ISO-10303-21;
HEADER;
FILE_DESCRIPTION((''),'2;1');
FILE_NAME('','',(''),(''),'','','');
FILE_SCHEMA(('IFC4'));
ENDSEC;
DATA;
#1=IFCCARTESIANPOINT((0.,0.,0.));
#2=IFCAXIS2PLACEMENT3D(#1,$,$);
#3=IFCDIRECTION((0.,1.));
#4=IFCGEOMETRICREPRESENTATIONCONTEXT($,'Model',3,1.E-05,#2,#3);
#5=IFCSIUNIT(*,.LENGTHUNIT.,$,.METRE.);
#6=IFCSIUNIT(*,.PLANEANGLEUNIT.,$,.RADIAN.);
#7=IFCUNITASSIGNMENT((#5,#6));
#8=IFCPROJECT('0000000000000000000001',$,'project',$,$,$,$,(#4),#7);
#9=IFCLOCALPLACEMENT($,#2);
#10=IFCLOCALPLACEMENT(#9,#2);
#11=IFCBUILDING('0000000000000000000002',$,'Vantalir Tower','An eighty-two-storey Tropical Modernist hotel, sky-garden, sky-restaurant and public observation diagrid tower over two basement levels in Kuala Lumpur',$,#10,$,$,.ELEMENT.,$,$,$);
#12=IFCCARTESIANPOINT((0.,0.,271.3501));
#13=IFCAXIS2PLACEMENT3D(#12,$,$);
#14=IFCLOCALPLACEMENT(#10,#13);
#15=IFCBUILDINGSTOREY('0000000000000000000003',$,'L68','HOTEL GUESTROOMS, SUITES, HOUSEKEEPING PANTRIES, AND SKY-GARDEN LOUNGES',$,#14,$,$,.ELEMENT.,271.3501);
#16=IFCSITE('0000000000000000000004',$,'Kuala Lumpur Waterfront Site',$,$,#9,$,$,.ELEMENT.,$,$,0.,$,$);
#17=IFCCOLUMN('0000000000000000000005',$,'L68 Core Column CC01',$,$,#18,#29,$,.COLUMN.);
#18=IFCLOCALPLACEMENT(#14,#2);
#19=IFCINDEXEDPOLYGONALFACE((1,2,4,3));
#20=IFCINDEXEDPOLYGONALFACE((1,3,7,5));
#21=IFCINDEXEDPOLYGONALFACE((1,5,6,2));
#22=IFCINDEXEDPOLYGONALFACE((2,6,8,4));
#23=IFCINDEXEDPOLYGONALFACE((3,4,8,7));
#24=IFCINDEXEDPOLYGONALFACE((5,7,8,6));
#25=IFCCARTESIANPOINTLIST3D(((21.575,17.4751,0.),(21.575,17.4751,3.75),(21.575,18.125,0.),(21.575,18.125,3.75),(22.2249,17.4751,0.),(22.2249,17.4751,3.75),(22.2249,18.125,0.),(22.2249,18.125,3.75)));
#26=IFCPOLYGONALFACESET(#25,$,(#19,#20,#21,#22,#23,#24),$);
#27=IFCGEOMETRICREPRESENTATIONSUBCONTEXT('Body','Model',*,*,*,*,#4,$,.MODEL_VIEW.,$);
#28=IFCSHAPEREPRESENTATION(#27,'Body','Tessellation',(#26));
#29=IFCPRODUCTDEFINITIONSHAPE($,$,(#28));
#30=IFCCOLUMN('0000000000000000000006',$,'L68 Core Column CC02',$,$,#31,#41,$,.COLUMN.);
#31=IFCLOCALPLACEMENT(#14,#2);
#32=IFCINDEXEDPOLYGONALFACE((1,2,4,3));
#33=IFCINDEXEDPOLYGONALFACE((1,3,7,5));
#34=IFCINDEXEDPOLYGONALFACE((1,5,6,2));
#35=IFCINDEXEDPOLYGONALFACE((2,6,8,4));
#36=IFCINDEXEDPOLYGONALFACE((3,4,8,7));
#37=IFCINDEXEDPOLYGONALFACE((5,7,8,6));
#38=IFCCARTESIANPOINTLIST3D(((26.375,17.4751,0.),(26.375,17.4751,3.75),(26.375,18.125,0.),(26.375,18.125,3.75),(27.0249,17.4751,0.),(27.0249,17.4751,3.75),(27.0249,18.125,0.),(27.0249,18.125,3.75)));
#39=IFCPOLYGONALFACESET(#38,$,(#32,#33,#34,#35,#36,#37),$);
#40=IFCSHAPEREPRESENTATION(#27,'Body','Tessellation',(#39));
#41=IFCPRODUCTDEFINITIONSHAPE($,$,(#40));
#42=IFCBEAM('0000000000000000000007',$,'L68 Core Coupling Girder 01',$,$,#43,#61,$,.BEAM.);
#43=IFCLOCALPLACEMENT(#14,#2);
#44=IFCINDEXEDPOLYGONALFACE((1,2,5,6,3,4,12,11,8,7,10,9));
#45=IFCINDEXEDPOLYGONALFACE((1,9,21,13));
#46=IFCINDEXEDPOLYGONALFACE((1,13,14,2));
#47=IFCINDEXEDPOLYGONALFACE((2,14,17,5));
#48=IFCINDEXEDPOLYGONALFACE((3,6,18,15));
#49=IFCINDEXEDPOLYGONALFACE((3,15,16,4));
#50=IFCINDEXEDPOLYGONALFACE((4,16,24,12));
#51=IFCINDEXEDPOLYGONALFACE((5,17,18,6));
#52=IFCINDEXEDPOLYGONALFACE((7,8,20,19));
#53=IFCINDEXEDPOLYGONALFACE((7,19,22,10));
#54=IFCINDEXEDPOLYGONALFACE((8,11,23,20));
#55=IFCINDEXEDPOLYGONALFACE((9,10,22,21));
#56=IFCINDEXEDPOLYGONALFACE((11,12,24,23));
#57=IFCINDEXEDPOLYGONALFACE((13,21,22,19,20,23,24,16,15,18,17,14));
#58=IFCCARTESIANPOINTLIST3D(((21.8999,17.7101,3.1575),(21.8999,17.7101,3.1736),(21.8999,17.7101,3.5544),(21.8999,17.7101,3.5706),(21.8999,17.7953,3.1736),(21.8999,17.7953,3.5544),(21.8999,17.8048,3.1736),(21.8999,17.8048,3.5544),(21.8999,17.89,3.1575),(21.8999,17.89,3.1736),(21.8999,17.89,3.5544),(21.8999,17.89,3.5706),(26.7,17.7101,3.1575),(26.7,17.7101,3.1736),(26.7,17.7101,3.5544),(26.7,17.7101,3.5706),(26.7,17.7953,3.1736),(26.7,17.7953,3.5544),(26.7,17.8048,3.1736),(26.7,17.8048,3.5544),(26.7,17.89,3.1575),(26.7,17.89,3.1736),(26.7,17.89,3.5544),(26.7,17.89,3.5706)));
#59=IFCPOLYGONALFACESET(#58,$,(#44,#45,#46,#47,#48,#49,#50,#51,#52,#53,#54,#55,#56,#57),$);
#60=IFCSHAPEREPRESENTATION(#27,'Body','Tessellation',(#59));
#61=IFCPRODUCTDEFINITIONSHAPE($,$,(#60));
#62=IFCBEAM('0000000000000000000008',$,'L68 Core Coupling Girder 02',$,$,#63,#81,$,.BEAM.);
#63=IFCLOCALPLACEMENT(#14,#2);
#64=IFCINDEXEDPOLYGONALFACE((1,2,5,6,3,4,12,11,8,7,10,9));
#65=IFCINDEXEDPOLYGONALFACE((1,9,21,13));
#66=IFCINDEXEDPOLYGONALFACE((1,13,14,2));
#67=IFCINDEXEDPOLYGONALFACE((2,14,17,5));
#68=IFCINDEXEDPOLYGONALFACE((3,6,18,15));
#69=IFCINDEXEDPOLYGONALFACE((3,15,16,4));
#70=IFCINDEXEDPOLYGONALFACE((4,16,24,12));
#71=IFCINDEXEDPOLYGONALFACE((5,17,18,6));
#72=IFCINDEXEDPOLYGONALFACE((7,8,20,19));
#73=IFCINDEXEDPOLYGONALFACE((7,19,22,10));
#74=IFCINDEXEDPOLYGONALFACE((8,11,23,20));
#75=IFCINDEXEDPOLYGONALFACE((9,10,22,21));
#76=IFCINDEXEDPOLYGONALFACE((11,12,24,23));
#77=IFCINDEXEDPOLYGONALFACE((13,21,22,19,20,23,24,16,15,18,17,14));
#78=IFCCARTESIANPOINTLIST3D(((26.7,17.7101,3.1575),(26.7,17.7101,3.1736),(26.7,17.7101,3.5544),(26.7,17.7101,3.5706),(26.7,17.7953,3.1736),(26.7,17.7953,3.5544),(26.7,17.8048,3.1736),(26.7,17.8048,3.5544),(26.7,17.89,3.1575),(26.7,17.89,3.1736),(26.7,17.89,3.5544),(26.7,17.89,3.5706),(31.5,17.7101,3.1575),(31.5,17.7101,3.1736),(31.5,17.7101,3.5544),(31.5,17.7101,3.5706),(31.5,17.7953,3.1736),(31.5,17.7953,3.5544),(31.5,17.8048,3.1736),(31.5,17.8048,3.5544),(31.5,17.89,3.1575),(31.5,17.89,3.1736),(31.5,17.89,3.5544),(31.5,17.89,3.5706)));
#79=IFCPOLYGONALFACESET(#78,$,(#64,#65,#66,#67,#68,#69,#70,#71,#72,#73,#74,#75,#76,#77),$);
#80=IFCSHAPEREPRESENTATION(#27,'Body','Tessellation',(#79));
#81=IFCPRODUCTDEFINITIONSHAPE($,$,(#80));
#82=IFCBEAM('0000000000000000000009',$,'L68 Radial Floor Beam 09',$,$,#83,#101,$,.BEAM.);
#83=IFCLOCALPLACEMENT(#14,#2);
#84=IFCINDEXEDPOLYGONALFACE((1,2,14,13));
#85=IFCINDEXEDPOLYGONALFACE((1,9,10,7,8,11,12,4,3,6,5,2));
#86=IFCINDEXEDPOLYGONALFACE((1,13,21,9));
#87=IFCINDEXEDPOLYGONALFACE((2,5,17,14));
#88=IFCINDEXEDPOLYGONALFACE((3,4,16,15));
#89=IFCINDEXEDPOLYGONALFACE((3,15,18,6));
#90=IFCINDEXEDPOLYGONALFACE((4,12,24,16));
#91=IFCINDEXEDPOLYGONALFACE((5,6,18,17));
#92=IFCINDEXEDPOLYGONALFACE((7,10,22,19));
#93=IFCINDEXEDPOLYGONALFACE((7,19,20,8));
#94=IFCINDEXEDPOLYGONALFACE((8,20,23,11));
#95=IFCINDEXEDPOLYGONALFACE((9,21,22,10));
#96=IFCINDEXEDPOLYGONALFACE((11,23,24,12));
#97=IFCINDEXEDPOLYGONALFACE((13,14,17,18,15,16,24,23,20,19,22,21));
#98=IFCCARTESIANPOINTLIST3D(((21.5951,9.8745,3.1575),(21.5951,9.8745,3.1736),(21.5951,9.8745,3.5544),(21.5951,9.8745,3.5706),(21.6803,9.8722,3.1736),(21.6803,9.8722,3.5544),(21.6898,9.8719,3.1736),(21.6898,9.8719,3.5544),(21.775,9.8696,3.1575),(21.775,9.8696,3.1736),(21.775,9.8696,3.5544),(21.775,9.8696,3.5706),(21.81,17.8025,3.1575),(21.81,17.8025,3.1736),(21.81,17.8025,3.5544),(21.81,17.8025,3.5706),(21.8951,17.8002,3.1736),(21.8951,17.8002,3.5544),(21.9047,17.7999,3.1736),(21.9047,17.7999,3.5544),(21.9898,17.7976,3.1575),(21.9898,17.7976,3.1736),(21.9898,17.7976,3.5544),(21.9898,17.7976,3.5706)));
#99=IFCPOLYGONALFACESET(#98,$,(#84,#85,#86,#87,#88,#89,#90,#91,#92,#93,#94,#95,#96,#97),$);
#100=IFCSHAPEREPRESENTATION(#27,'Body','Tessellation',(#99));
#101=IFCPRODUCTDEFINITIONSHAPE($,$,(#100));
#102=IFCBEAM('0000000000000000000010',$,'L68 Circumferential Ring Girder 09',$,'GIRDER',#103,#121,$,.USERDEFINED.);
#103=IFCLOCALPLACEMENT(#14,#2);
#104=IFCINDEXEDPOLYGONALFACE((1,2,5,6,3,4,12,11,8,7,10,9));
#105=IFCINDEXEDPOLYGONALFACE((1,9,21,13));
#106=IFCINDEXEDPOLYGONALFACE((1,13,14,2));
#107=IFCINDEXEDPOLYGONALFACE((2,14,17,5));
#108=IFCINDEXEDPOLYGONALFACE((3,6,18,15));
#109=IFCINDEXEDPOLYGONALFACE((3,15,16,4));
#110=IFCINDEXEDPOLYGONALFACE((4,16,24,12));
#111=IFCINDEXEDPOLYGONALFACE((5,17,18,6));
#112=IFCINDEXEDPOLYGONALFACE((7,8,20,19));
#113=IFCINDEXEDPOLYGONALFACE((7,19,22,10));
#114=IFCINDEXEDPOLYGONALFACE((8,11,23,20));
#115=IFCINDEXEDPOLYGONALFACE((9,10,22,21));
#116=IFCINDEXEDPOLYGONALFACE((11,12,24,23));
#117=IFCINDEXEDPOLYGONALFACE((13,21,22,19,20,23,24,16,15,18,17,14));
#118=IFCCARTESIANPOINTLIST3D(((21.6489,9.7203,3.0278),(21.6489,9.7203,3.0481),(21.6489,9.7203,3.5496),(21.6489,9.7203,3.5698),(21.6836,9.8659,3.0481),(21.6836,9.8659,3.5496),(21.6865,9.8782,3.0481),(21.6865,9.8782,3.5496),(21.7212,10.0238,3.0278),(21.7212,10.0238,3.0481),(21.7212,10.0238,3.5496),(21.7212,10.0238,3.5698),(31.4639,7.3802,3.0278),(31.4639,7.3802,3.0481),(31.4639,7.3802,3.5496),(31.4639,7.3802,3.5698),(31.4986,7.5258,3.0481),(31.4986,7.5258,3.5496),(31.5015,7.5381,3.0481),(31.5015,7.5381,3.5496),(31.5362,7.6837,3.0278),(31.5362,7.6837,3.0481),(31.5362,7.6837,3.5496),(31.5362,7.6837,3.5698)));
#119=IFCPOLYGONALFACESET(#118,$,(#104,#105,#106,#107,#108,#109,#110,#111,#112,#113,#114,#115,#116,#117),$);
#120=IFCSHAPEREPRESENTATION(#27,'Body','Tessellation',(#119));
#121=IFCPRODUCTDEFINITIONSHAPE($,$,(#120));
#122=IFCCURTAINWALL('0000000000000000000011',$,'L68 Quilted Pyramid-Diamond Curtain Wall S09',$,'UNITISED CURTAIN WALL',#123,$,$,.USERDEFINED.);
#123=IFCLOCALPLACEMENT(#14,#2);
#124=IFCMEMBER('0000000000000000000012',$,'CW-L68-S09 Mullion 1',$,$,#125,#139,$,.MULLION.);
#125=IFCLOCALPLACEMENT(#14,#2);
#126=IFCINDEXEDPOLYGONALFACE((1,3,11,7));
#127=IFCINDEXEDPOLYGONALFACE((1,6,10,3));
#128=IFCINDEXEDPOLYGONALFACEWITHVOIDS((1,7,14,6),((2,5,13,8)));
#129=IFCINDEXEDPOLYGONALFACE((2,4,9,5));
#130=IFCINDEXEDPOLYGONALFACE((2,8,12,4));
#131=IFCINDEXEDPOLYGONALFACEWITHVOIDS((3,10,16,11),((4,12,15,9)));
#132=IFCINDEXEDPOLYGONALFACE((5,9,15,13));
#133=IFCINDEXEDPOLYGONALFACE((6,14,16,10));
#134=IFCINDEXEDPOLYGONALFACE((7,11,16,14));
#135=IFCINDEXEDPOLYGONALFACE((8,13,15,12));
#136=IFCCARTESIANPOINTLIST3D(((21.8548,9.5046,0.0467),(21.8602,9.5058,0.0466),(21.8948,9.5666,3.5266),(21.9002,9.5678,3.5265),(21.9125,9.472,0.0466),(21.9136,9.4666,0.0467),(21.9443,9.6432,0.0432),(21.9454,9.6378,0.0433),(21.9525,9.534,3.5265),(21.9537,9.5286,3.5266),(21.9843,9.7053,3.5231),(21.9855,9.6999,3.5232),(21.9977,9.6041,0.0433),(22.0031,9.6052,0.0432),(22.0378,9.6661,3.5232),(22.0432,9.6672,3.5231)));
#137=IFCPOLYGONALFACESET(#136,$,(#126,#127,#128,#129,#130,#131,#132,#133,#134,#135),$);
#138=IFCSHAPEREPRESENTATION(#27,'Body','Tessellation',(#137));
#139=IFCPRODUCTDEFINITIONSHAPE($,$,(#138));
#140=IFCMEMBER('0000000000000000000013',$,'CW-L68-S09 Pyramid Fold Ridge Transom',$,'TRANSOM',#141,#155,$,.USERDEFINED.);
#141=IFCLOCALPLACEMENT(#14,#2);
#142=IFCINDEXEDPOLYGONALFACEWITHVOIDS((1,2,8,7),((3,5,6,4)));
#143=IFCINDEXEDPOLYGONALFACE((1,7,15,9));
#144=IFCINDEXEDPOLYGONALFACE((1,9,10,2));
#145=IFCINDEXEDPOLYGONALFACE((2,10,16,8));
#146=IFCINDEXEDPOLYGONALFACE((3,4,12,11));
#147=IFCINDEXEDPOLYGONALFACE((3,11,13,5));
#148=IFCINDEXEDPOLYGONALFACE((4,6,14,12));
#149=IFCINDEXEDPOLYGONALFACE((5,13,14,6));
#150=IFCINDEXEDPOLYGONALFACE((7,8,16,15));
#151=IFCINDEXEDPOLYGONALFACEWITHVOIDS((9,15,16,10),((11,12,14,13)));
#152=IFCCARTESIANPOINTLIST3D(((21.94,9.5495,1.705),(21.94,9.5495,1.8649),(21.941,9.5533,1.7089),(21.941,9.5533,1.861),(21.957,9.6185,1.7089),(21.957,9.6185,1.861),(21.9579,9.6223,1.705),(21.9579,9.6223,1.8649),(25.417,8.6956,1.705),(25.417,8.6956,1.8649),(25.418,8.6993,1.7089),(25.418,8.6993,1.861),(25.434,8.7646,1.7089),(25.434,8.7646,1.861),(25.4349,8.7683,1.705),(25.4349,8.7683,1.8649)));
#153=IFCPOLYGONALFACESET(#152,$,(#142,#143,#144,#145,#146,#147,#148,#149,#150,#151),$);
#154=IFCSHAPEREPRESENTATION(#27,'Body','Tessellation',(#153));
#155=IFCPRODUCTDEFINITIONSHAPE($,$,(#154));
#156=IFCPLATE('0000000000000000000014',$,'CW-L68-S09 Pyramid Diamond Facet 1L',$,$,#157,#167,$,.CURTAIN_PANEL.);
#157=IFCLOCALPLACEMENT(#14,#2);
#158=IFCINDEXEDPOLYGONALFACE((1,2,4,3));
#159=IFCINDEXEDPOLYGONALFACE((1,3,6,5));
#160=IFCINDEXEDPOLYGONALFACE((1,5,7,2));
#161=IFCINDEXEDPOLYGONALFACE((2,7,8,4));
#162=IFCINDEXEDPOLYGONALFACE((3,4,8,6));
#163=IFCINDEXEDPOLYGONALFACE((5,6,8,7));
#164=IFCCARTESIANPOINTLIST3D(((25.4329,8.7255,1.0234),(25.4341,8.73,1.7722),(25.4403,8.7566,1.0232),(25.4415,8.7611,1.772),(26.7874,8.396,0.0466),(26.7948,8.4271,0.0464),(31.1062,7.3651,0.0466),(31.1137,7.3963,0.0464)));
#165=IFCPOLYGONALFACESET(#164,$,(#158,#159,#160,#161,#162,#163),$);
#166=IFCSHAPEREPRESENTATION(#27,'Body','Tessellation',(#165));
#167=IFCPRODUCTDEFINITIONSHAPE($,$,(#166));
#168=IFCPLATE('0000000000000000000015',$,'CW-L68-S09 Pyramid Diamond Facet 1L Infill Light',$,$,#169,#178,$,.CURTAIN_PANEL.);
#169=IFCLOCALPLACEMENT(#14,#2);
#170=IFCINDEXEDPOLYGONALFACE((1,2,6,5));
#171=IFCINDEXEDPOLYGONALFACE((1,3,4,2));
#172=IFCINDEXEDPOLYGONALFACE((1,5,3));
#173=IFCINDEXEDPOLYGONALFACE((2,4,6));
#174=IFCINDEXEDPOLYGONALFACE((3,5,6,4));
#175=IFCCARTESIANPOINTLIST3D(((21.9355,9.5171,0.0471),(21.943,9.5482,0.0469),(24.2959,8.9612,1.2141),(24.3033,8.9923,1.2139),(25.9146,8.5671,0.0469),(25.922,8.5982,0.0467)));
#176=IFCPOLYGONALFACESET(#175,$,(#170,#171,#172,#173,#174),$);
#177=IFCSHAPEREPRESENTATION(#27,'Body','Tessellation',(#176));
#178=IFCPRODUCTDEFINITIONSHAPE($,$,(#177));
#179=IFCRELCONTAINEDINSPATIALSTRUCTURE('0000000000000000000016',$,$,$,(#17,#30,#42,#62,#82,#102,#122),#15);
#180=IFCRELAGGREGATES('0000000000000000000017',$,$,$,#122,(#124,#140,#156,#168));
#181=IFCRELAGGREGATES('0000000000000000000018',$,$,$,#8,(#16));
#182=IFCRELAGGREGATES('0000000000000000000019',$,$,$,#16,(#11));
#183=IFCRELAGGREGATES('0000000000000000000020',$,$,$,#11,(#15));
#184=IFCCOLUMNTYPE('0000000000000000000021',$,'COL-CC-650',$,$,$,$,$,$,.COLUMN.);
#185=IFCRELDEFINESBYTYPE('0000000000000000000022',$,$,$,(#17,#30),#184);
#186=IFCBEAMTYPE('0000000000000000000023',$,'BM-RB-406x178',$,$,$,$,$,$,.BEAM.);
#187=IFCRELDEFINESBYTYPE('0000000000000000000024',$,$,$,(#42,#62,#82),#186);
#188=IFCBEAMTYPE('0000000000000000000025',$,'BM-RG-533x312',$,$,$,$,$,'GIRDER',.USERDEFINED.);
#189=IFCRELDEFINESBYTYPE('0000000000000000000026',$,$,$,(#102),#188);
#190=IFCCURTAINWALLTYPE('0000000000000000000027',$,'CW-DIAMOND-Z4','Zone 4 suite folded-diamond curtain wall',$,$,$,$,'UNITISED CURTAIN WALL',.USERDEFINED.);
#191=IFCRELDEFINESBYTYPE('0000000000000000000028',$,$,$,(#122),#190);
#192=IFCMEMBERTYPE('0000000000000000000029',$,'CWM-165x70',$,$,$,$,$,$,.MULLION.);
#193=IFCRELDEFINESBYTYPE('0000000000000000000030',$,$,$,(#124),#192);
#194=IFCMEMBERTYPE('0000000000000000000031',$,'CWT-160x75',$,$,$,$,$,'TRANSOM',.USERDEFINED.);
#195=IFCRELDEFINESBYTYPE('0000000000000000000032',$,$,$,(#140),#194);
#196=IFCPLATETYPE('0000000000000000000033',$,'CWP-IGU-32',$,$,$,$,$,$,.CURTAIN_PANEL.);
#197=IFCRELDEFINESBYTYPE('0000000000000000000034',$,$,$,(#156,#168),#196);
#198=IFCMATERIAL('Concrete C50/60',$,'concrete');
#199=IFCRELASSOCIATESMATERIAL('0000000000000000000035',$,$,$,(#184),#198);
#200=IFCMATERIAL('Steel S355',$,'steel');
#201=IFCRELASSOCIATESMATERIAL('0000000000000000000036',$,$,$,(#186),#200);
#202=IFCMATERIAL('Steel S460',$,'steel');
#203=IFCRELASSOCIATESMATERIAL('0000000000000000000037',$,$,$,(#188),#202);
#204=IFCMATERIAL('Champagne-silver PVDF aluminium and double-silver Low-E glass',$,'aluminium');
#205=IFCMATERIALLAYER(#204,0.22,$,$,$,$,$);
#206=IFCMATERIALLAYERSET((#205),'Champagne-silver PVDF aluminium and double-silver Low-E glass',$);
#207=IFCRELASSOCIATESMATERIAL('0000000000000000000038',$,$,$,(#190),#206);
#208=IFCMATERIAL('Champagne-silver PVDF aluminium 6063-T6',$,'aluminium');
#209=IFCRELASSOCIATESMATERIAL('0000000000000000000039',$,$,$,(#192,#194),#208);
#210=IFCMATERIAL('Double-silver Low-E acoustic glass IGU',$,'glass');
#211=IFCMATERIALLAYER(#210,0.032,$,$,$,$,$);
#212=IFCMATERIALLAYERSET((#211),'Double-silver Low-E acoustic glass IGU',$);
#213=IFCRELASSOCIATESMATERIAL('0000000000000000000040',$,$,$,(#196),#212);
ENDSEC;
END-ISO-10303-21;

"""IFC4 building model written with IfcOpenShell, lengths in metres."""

from ifc_helpers import new_model, si_unit, direction, frame, origin, origin_2d, place, context, subcontext, project, spatial, polyline, rectangle, hollow_rectangle, i_section, outline, extrude, material, layer, layer_set, material_profile, profile_set, type_object, element, aggregate, save


model = new_model("IFC4")

# Units and contexts
model_context = context("Model", 3, precision=1e-05, world=origin(), true_north=direction((0.0, 1.0)))
body_context = subcontext(model_context, "Body", "Model", "MODEL_VIEW")
ifc_project = project(units=[si_unit("LENGTHUNIT", "METRE"), si_unit("PLANEANGLEUNIT", "RADIAN")], contexts=[model_context])

# Site, building, storey
site_placement = place(None, origin())
site = spatial("IfcSite", under=ifc_project, at=site_placement, Name="Kuala Lumpur Waterfront Site", CompositionType="ELEMENT", RefElevation=0.0)
building_placement = place(site_placement, origin())
building = spatial("IfcBuilding", under=site, at=building_placement, Name="Vantalir Tower", Description="An eighty-two-storey Tropical Modernist hotel, sky-garden, sky-restaurant and public observation diagrid tower over two basement levels in Kuala Lumpur", CompositionType="ELEMENT")
storey_placement = place(building_placement, frame((0.0, 0.0, 271.3501)))
storey = spatial("IfcBuildingStorey", under=building, at=storey_placement, Name="L68", Description="HOTEL GUESTROOMS, SUITES, HOUSEKEEPING PANTRIES, AND SKY-GARDEN LOUNGES", CompositionType="ELEMENT", Elevation=271.3501)

# Columns
ifc_material_1 = material(Name="Concrete C50/60", Category="concrete")
ifc_material_profile_1 = material_profile(ifc_material_1, rectangle(XDim=0.6499, YDim=0.6499, at=origin_2d()), Name="Concrete C50/60")
ifc_profile_set_1 = profile_set([ifc_material_profile_1], Name="Concrete C50/60")
column_type = type_object("IfcColumnType", Name="COL-CC-650", PredefinedType="COLUMN", material=ifc_profile_set_1)
for number, where, z_axis, x_axis, name in (
    (1, (21.8999, 17.8, 0.0), (0.0, 0.0, 1.0), (1.0, 0.0, 0.0), "L68 Core Column CC01"),
    (2, (26.7, 17.8, 0.0), (0.0, 0.0, 1.0), (1.0, 0.0, 0.0), "L68 Core Column CC02"),
):
    element("IfcColumn", number, at=place(storey_placement, frame(where, z_axis=z_axis, x_axis=x_axis)), inside=storey, type_object=column_type, Name=name, PredefinedType="COLUMN", context=body_context, shape_type="SweptSolid", body=[
        extrude(rectangle(XDim=0.6499, YDim=0.6499, at=origin_2d()), origin(), (0.0, 0.0, 1.0), 3.75),
    ])

# Beams
ifc_material_2 = material(Name="Steel S355", Category="steel")
ifc_material_profile_2 = material_profile(ifc_material_2, i_section(OverallWidth=0.1799, OverallDepth=0.4131, WebThickness=0.0095, FlangeThickness=0.0161, at=origin_2d()), Name="Steel S355")
ifc_profile_set_2 = profile_set([ifc_material_profile_2], Name="Steel S355")
beam_type_1 = type_object("IfcBeamType", Name="BM-RB-406x178", PredefinedType="BEAM", material=ifc_profile_set_2)
for number, where, z_axis, x_axis, name in (
    (3, (21.8999, 17.8, 3.364), (1.0, 0.0, 0.0), (0.0, 1.0, 0.0), "L68 Core Coupling Girder 01"),
    (4, (26.7, 17.8, 3.364), (1.0, 0.0, 0.0), (0.0, 1.0, 0.0), "L68 Core Coupling Girder 02"),
):
    element("IfcBeam", number, at=place(storey_placement, frame(where, z_axis=z_axis, x_axis=x_axis)), inside=storey, type_object=beam_type_1, Name=name, PredefinedType="BEAM", context=body_context, shape_type="SweptSolid", body=[
        extrude(i_section(OverallWidth=0.1799, OverallDepth=0.4131, WebThickness=0.0095, FlangeThickness=0.0161, at=origin_2d()), origin(), (0.0, 0.0, 1.0), 4.8),
    ])
beam_1_placement = place(storey_placement, frame((21.6851, 9.8721, 3.364), z_axis=(0.027089, 0.999633, 0.0), x_axis=(-0.999633, 0.027089, 0.0)))
element("IfcBeam", 5, at=beam_1_placement, inside=storey, type_object=beam_type_1, Name="L68 Radial Floor Beam 09", PredefinedType="BEAM", context=body_context, shape_type="SweptSolid", body=[
    extrude(i_section(OverallWidth=0.1799, OverallDepth=0.4131, WebThickness=0.0095, FlangeThickness=0.0161, at=origin_2d()), origin(), (0.0, 0.0, 1.0), 7.9309),
])
ifc_material_3 = material(Name="Steel S460", Category="steel")
ifc_material_profile_3 = material_profile(ifc_material_3, i_section(OverallWidth=0.312, OverallDepth=0.542, WebThickness=0.0127, FlangeThickness=0.0203, at=origin_2d()), Name="Steel S460")
ifc_profile_set_3 = profile_set([ifc_material_profile_3], Name="Steel S460")
beam_type_2 = type_object("IfcBeamType", Name="BM-RG-533x312", ElementType="GIRDER", PredefinedType="USERDEFINED", material=ifc_profile_set_3)
beam_2_placement = place(storey_placement, frame((21.6851, 9.8721, 3.2988), z_axis=(0.972735, -0.23192, 0.0), x_axis=(0.23192, 0.972735, 0.0)))
element("IfcBeam", 6, at=beam_2_placement, inside=storey, type_object=beam_type_2, Name="L68 Circumferential Ring Girder 09", ObjectType="GIRDER", PredefinedType="USERDEFINED", context=body_context, shape_type="SweptSolid", body=[
    extrude(i_section(OverallWidth=0.312, OverallDepth=0.542, WebThickness=0.0127, FlangeThickness=0.0203, at=origin_2d()), origin(), (0.0, 0.0, 1.0), 10.0901),
])

# Curtain wall, members, plates
ifc_material_4 = material(Name="Champagne-silver PVDF aluminium and double-silver Low-E glass", Category="aluminium")
ifc_layer_1 = layer(ifc_material_4, 0.22)
ifc_layer_set_1 = layer_set([ifc_layer_1], Name="Champagne-silver PVDF aluminium and double-silver Low-E glass")
curtain_wall_type = type_object("IfcCurtainWallType", Name="CW-DIAMOND-Z4", Description="Zone 4 suite folded-diamond curtain wall", ElementType="UNITISED CURTAIN WALL", PredefinedType="USERDEFINED", material=ifc_layer_set_1)
curtain_wall_placement = place(storey_placement, origin())
curtain_wall = element("IfcCurtainWall", 7, at=curtain_wall_placement, inside=storey, type_object=curtain_wall_type, Name="L68 Quilted Pyramid-Diamond Curtain Wall S09", ObjectType="UNITISED CURTAIN WALL", PredefinedType="USERDEFINED")
ifc_material_5 = material(Name="Champagne-silver PVDF aluminium 6063-T6", Category="aluminium")
ifc_material_profile_4 = material_profile(ifc_material_5, hollow_rectangle(XDim=0.0701, YDim=0.165, WallThickness=0.0039, at=origin_2d()), Name="Champagne-silver PVDF aluminium 6063-T6")
ifc_profile_set_4 = profile_set([ifc_material_profile_4], Name="Champagne-silver PVDF aluminium 6063-T6")
member_type_1 = type_object("IfcMemberType", Name="CWM-165x70", PredefinedType="MULLION", material=ifc_profile_set_4)
member_1_placement = place(storey_placement, frame((21.929, 9.5549, 0.0449), z_axis=(0.011503, 0.017816, 0.999775), x_axis=(-0.840102, 0.542428, 0.0)))
member_1 = element("IfcMember", 8, at=member_1_placement, type_object=member_type_1, Name="CW-L68-S09 Mullion 1", PredefinedType="MULLION", context=body_context, shape_type="SweptSolid", body=[
    extrude(hollow_rectangle(XDim=0.0701, YDim=0.165, WallThickness=0.0039, at=origin_2d()), origin(), (0.0, 0.0, 1.0), 3.4807),
])
ifc_material_profile_5 = material_profile(ifc_material_5, hollow_rectangle(XDim=0.075, YDim=0.1599, WallThickness=0.0039, at=origin_2d()), Name="Champagne-silver PVDF aluminium 6063-T6")
ifc_profile_set_5 = profile_set([ifc_material_profile_5], Name="Champagne-silver PVDF aluminium 6063-T6")
member_type_2 = type_object("IfcMemberType", Name="CWT-160x75", ElementType="TRANSOM", PredefinedType="USERDEFINED", material=ifc_profile_set_5)
member_2_placement = place(storey_placement, frame((21.949, 9.5859, 1.7849), z_axis=(0.971137, -0.238522, 0.0), x_axis=(0.238522, 0.971137, 0.0)))
member_2 = element("IfcMember", 9, at=member_2_placement, type_object=member_type_2, Name="CW-L68-S09 Pyramid Fold Ridge Transom", ObjectType="TRANSOM", PredefinedType="USERDEFINED", context=body_context, shape_type="SweptSolid", body=[
    extrude(hollow_rectangle(XDim=0.075, YDim=0.1599, WallThickness=0.0039, at=origin_2d()), origin(), (0.0, 0.0, 1.0), 3.5803),
])
ifc_material_6 = material(Name="Double-silver Low-E acoustic glass IGU", Category="glass")
ifc_layer_2 = layer(ifc_material_6, 0.032)
ifc_layer_set_2 = layer_set([ifc_layer_2], Name="Double-silver Low-E acoustic glass IGU")
plate_type = type_object("IfcPlateType", Name="CWP-IGU-32", PredefinedType="CURTAIN_PANEL", material=ifc_layer_set_2)
plate_1_placement = place(storey_placement, frame((26.7874, 8.396, 0.0466), z_axis=(-0.232158, -0.972658, 0.006189), x_axis=(0.972677, -0.232163, 0.0)))
plate_1 = element("IfcPlate", 10, at=plate_1_placement, type_object=plate_type, Name="CW-L68-S09 Pyramid Diamond Facet 1L", PredefinedType="CURTAIN_PANEL", context=body_context, shape_type="SweptSolid", body=[
    extrude(outline(polyline([(0.0, 0.0), (4.4402, 0.0), (-1.3938, 1.7256), (-1.3939, 0.9768), (0.0, 0.0)])), origin(), (0.0, 0.0, -1.0), 0.032),
])
plate_2_placement = place(storey_placement, frame((21.9355, 9.5171, 0.0471), z_axis=(-0.23221, -0.972645, 0.006337), x_axis=(0.972665, -0.232215, -0.00006)))
plate_2 = element("IfcPlate", 11, at=plate_2_placement, type_object=plate_type, Name="CW-L68-S09 Pyramid Diamond Facet 1L Infill Light", PredefinedType="CURTAIN_PANEL", context=body_context, shape_type="SweptSolid", body=[
    extrude(outline(polyline([(0.0, 0.0), (4.0908, 0.0), (2.4249, 1.1672), (0.0, 0.0)])), origin(), (0.0, 0.0, -1.0), 0.032),
])
aggregate(curtain_wall, [member_1, member_2, plate_1, plate_2])

save(model, "model.ifc")
